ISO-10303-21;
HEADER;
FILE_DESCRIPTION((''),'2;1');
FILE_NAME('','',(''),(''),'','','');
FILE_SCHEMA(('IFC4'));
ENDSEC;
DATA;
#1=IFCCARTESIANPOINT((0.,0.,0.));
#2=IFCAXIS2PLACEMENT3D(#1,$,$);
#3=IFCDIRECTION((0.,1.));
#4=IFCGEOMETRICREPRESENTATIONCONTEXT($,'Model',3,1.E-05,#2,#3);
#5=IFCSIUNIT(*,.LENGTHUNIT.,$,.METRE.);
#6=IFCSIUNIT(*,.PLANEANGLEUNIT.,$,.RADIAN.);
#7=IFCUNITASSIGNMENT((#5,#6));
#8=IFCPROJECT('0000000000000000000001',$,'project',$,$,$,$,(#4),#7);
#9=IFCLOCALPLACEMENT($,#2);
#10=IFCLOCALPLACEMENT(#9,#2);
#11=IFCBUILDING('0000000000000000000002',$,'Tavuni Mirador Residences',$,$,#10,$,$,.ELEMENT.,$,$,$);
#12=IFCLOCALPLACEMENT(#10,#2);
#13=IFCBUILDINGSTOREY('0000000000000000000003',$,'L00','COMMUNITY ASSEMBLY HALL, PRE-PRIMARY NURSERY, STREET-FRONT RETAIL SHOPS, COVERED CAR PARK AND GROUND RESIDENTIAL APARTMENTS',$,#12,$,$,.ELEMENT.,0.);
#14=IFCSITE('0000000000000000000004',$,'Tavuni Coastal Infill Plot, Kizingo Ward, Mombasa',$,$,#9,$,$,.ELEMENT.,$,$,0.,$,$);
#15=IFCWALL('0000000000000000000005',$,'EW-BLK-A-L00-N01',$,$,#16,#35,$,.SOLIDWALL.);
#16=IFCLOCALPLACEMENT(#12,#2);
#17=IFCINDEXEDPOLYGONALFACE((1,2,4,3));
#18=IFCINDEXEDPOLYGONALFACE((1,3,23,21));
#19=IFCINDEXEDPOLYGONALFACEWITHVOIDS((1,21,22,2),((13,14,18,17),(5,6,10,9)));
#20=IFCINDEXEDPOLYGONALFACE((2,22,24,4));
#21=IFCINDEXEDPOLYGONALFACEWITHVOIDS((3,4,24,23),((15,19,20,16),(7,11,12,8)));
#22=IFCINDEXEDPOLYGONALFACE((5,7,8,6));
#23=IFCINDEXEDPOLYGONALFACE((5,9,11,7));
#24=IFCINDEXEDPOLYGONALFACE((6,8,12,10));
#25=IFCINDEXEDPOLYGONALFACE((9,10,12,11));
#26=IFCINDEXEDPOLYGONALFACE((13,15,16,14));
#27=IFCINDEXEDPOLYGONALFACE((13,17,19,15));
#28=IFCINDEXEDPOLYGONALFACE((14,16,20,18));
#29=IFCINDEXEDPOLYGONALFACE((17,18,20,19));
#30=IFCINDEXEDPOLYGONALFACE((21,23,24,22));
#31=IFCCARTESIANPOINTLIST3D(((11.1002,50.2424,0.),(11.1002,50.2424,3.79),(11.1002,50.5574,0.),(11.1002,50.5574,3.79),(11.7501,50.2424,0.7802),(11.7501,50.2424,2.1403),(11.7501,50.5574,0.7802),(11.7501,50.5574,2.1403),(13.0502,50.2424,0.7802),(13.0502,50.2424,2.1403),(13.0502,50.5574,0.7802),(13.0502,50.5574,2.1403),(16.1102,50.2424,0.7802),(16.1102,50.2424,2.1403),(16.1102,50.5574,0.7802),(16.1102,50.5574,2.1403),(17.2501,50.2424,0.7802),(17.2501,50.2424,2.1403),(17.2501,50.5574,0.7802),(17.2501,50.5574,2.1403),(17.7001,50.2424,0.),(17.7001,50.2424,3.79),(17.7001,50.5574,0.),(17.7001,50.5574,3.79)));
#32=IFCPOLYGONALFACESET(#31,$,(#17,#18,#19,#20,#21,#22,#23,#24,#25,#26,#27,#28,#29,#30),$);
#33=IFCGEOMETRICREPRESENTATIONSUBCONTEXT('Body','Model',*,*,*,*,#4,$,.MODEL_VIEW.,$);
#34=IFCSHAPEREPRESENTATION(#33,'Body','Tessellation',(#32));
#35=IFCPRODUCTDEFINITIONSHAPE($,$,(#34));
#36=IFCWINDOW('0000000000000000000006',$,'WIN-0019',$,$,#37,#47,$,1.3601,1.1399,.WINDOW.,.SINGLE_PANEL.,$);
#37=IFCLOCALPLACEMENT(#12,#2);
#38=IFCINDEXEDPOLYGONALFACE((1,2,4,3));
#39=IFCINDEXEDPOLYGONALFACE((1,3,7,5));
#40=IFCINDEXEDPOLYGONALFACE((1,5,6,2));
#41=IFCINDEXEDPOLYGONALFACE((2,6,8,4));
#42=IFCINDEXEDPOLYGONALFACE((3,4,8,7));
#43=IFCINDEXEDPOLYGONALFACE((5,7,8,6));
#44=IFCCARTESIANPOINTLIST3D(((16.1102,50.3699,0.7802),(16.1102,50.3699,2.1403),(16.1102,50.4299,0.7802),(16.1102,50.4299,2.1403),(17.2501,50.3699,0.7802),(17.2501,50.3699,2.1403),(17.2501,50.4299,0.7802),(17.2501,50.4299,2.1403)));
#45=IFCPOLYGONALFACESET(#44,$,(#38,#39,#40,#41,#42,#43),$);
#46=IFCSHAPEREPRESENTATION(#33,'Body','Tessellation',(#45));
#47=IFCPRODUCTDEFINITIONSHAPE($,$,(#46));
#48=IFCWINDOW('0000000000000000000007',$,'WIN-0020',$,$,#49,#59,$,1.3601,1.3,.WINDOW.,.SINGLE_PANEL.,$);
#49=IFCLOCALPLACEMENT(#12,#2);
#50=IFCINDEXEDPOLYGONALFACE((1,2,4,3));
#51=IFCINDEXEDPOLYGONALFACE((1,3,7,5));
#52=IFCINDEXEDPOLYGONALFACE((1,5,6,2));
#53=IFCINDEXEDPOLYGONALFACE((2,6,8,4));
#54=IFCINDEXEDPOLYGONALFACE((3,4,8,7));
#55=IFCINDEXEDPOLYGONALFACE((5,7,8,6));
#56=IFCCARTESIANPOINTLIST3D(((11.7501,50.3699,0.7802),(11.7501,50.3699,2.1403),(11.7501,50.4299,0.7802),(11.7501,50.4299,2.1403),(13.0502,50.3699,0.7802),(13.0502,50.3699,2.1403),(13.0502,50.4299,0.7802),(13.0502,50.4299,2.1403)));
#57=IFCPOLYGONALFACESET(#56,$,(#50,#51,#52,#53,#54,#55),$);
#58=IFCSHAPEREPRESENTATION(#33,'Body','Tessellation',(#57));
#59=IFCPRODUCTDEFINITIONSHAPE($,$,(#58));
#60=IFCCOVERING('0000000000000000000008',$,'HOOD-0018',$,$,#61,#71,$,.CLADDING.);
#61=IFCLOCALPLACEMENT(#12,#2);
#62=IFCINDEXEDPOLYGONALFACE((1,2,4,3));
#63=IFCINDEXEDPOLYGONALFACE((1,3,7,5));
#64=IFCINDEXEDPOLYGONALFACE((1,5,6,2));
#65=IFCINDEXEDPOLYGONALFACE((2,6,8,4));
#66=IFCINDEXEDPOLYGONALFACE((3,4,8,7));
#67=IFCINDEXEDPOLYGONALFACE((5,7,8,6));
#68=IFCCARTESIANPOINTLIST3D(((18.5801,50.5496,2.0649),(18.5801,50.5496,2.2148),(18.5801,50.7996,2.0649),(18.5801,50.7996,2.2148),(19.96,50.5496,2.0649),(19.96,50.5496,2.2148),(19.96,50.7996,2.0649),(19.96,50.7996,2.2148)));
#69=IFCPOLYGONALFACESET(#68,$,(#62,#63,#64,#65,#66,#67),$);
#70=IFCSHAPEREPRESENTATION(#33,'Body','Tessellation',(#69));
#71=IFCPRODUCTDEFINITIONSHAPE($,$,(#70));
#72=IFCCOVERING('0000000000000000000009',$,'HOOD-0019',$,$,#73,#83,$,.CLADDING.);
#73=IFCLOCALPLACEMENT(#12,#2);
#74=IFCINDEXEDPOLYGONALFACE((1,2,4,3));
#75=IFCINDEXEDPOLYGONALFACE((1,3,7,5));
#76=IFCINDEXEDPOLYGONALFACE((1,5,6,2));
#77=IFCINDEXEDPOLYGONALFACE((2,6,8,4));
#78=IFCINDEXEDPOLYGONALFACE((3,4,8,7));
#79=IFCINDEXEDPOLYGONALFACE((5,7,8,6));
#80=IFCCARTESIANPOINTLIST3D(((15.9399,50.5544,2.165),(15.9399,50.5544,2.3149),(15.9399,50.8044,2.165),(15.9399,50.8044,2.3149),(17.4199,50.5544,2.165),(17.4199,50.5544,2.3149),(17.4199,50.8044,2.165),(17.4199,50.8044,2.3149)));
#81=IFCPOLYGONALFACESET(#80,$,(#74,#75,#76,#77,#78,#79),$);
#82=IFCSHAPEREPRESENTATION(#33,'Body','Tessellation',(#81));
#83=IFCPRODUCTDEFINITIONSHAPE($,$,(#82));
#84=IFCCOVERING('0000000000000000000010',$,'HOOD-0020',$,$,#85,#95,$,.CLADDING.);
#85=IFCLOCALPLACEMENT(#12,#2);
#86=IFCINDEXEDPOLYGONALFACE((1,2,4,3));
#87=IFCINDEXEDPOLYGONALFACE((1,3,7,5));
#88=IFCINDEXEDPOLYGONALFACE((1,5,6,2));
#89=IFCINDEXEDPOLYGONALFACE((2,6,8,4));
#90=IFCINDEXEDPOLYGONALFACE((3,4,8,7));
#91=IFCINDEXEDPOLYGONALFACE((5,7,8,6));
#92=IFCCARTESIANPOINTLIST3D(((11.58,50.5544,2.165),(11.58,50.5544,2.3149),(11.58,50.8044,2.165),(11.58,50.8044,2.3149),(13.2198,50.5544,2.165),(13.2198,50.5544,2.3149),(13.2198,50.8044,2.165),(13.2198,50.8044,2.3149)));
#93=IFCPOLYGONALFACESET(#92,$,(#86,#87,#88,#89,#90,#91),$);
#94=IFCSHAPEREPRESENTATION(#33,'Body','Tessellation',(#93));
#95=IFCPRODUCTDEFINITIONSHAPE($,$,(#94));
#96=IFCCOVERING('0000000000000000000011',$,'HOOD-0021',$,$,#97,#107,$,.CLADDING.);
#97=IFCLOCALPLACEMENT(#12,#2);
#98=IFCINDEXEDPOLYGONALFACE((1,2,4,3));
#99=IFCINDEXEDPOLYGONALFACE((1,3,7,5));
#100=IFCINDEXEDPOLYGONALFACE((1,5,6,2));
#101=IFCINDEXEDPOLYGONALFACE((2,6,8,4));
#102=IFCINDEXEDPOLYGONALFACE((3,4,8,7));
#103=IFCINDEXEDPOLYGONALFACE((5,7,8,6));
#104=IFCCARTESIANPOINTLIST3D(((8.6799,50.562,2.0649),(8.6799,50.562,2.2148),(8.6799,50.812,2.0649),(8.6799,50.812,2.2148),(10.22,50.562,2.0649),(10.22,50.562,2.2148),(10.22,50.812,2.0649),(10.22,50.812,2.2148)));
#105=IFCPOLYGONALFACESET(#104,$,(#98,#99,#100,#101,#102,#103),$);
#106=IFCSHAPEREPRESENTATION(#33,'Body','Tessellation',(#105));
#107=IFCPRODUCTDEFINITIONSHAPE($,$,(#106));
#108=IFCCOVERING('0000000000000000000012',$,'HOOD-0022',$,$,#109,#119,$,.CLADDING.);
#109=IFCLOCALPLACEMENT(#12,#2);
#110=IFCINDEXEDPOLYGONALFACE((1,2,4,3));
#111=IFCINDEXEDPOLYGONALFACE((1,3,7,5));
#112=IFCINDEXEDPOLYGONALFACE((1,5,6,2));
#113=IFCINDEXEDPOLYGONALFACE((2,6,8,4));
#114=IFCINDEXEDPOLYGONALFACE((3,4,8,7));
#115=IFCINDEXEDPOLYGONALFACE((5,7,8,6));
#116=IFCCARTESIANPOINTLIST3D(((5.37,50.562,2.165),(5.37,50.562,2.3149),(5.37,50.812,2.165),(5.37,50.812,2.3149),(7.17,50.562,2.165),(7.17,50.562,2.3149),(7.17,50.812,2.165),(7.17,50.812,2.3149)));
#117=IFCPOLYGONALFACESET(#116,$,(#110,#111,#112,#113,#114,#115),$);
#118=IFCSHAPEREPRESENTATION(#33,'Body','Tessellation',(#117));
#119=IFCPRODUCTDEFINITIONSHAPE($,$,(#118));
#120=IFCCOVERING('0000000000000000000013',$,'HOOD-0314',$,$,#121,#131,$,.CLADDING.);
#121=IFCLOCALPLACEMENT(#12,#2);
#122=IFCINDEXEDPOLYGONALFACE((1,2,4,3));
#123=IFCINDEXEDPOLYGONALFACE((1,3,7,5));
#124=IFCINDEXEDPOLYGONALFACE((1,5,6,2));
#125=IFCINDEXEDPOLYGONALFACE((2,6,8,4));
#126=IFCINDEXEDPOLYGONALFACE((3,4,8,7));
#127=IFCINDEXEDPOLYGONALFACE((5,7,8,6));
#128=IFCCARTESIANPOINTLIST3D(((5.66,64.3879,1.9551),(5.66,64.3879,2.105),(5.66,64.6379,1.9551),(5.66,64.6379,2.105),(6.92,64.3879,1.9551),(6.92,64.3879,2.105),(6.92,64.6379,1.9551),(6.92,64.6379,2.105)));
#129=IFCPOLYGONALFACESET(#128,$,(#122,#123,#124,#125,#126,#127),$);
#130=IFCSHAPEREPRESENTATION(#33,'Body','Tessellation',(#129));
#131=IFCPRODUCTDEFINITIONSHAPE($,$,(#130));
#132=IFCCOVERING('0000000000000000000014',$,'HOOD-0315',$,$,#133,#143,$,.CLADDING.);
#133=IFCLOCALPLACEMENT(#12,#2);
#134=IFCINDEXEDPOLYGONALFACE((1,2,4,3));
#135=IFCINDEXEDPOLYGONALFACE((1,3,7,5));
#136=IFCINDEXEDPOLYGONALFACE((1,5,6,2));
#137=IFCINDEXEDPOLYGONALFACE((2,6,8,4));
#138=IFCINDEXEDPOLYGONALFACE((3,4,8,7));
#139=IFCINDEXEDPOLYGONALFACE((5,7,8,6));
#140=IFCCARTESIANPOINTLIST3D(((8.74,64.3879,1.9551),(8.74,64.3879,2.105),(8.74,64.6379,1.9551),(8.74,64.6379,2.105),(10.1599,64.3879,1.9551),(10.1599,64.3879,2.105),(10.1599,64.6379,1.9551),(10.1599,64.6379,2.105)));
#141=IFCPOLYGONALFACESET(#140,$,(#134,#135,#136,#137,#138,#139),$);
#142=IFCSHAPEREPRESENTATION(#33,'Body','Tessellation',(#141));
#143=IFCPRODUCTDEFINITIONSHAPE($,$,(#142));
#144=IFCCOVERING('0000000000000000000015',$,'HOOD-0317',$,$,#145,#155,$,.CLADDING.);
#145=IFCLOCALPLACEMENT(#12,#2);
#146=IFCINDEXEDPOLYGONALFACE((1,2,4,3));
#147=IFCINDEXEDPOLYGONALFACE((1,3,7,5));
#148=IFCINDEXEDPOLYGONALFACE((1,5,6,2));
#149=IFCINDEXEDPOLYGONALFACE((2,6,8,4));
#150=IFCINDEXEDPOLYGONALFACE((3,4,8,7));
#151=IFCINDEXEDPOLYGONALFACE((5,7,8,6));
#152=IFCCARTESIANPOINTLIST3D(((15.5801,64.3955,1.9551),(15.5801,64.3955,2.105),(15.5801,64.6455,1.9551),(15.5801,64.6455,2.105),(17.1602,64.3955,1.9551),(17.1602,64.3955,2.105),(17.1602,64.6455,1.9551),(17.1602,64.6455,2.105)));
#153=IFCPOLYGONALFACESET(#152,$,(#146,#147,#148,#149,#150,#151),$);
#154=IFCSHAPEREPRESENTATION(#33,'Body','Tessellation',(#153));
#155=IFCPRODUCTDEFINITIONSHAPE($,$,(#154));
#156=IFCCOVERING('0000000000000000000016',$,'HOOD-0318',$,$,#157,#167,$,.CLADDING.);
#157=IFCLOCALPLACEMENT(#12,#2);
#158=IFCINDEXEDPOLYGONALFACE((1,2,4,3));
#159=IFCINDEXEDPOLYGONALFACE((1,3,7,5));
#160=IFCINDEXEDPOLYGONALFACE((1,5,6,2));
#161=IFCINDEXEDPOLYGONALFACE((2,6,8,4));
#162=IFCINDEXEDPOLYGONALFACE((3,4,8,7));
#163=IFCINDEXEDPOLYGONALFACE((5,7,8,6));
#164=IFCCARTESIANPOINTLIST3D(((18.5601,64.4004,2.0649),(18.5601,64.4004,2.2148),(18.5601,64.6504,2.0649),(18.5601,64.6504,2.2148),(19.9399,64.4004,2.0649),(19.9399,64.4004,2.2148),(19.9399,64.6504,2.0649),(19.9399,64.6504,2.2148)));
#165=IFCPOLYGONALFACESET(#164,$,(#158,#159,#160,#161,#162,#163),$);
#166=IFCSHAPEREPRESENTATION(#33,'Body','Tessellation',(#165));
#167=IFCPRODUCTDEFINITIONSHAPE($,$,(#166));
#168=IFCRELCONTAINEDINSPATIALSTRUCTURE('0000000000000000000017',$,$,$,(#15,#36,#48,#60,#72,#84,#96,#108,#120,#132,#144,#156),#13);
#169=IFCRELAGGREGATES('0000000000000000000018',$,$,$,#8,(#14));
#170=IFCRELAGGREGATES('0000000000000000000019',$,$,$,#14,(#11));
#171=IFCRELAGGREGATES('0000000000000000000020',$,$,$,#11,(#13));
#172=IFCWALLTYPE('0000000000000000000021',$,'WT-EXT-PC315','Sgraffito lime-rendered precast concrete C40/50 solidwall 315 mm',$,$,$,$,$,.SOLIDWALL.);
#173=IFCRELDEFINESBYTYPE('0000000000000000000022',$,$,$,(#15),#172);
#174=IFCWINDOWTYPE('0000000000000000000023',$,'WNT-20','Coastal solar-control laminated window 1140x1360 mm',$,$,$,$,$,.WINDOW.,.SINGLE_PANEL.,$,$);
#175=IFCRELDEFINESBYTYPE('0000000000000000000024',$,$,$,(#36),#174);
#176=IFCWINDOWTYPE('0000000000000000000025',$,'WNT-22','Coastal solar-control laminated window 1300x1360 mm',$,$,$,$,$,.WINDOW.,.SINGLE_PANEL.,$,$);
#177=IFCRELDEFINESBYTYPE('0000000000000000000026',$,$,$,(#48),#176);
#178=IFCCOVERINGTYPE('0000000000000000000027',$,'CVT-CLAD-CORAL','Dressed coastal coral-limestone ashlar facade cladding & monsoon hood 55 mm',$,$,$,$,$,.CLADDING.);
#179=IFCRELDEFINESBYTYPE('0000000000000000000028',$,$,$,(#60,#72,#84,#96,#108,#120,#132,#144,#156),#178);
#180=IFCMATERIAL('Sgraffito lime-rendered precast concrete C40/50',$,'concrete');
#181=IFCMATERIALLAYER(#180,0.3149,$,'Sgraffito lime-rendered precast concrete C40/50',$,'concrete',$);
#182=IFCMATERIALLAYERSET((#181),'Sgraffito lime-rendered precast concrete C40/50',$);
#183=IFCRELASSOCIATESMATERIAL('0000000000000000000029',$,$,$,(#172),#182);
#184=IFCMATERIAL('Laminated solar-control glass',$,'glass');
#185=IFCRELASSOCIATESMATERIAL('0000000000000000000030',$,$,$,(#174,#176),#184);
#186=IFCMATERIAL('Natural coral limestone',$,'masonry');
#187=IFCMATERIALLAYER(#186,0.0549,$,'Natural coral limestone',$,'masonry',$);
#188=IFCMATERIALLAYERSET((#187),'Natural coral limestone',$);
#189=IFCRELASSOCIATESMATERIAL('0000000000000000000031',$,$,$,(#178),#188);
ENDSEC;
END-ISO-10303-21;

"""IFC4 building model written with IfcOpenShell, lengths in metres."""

from ifc_helpers import new_model, si_unit, direction, frame, frame_2d, origin, origin_2d, place, context, subcontext, project, spatial, rectangle, extrude, material, layer, layer_set, type_object, element, fill, save


model = new_model("IFC4")

# Units and contexts
model_context = context("Model", 3, precision=1e-05, world=origin(), true_north=direction((0.0, 1.0)))
body_context = subcontext(model_context, "Body", "Model", "MODEL_VIEW")
ifc_project = project(units=[si_unit("LENGTHUNIT", "METRE"), si_unit("PLANEANGLEUNIT", "RADIAN")], contexts=[model_context])

# Site, building, storey
site_placement = place(None, origin())
site = spatial("IfcSite", under=ifc_project, at=site_placement, Name="Tavuni Coastal Infill Plot, Kizingo Ward, Mombasa", CompositionType="ELEMENT", RefElevation=0.0)
building_placement = place(site_placement, origin())
building = spatial("IfcBuilding", under=site, at=building_placement, Name="Tavuni Mirador Residences", CompositionType="ELEMENT")
storey_placement = place(building_placement, origin())
storey = spatial("IfcBuildingStorey", under=building, at=storey_placement, Name="L00", Description="COMMUNITY ASSEMBLY HALL, PRE-PRIMARY NURSERY, STREET-FRONT RETAIL SHOPS, COVERED CAR PARK AND GROUND RESIDENTIAL APARTMENTS", CompositionType="ELEMENT", Elevation=0.0)

# Wall, openings, windows
ifc_material_1 = material(Name="Laminated solar-control glass", Category="glass")
ifc_material_2 = material(Name="Sgraffito lime-rendered precast concrete C40/50", Category="concrete")
ifc_layer_1 = layer(ifc_material_2, 0.3149, Name="Sgraffito lime-rendered precast concrete C40/50", Category="concrete")
ifc_layer_set_1 = layer_set([ifc_layer_1], Name="Sgraffito lime-rendered precast concrete C40/50")
wall_type_1 = type_object("IfcWallType", Name="WT-EXT-PC315", Description="Sgraffito lime-rendered precast concrete C40/50 solidwall 315 mm", PredefinedType="SOLIDWALL", material=ifc_layer_set_1)
wall_1_placement = place(storey_placement, frame((17.7, 50.3999, 0.0), z_axis=(0.0, 0.0, 1.0), x_axis=(-1.0, 0.0, 0.0)))
wall_1 = element("IfcWall", 1, at=wall_1_placement, inside=storey, type_object=wall_type_1, Name="EW-BLK-A-L00-N01", PredefinedType="SOLIDWALL", context=body_context, shape_type="SweptSolid", body=[
    extrude(rectangle(XDim=6.5999, YDim=0.3149, at=frame_2d((3.2998, 0.0))), origin(), (0.0, 0.0, 1.0), 3.79),
])
opening_1_placement = place(wall_1_placement, frame((0.45, 0.0, 0.78)))
opening_1 = element("IfcOpeningElement", 2, at=opening_1_placement, cuts=wall_1, PredefinedType="OPENING", context=body_context, shape_type="SweptSolid", body=[
    extrude(rectangle(XDim=1.1399, YDim=1.3601, at=frame_2d((0.5698, 0.6802))), frame((0.0, 0.1675, 0.0), z_axis=(0.0, -1.0, 0.0), x_axis=(1.0, 0.0, 0.0)), (0.0, 0.0, 1.0), 0.335),
])
opening_2_placement = place(wall_1_placement, frame((4.6499, 0.0, 0.78)))
opening_2 = element("IfcOpeningElement", 3, at=opening_2_placement, cuts=wall_1, PredefinedType="OPENING", context=body_context, shape_type="SweptSolid", body=[
    extrude(rectangle(XDim=1.3, YDim=1.3601, at=frame_2d((0.6499, 0.6802))), frame((0.0, 0.1675, 0.0), z_axis=(0.0, -1.0, 0.0), x_axis=(1.0, 0.0, 0.0)), (0.0, 0.0, 1.0), 0.335),
])
window_type_1 = type_object("IfcWindowType", Name="WNT-20", Description="Coastal solar-control laminated window 1140x1360 mm", PartitioningType="SINGLE_PANEL", PredefinedType="WINDOW", material=ifc_material_1)
window_1_placement = place(opening_1_placement, origin())
window_1 = element("IfcWindow", 4, at=window_1_placement, inside=storey, type_object=window_type_1, Name="WIN-0019", OverallHeight=1.3601, OverallWidth=1.1399, PartitioningType="SINGLE_PANEL", PredefinedType="WINDOW", context=body_context, shape_type="SweptSolid", body=[
    extrude(rectangle(XDim=1.1399, YDim=1.3601, at=frame_2d((0.5698, 0.6802))), frame((0.0, 0.03, 0.0), z_axis=(0.0, -1.0, 0.0), x_axis=(1.0, 0.0, 0.0)), (0.0, 0.0, 1.0), 0.0601),
])
fill(opening_1, window_1)
window_type_2 = type_object("IfcWindowType", Name="WNT-22", Description="Coastal solar-control laminated window 1300x1360 mm", PartitioningType="SINGLE_PANEL", PredefinedType="WINDOW", material=ifc_material_1)
window_2_placement = place(opening_2_placement, origin())
window_2 = element("IfcWindow", 5, at=window_2_placement, inside=storey, type_object=window_type_2, Name="WIN-0020", OverallHeight=1.3601, OverallWidth=1.3, PartitioningType="SINGLE_PANEL", PredefinedType="WINDOW", context=body_context, shape_type="SweptSolid", body=[
    extrude(rectangle(XDim=1.3, YDim=1.3601, at=frame_2d((0.6499, 0.6802))), frame((0.0, 0.03, 0.0), z_axis=(0.0, -1.0, 0.0), x_axis=(1.0, 0.0, 0.0)), (0.0, 0.0, 1.0), 0.0601),
])
fill(opening_2, window_2)

# Coverings
ifc_material_3 = material(Name="Natural coral limestone", Category="masonry")
ifc_layer_2 = layer(ifc_material_3, 0.0549, Name="Natural coral limestone", Category="masonry")
ifc_layer_set_2 = layer_set([ifc_layer_2], Name="Natural coral limestone")
covering_type = type_object("IfcCoveringType", Name="CVT-CLAD-CORAL", Description="Dressed coastal coral-limestone ashlar facade cladding & monsoon hood 55 mm", PredefinedType="CLADDING", material=ifc_layer_set_2)
covering_1_placement = place(storey_placement, frame((19.27, 50.6746, 2.0649), z_axis=(0.0, 0.0, 1.0), x_axis=(-1.0, 0.0, 0.0)))
element("IfcCovering", 6, at=covering_1_placement, inside=storey, type_object=covering_type, Name="HOOD-0018", PredefinedType="CLADDING", context=body_context, shape_type="SweptSolid", body=[
    extrude(rectangle(XDim=1.3799, YDim=0.25, at=origin_2d()), origin(), (0.0, 0.0, 1.0), 0.1499),
])
covering_2_placement = place(storey_placement, frame((16.6799, 50.6794, 2.165), z_axis=(0.0, 0.0, 1.0), x_axis=(-1.0, 0.0, 0.0)))
element("IfcCovering", 7, at=covering_2_placement, inside=storey, type_object=covering_type, Name="HOOD-0019", PredefinedType="CLADDING", context=body_context, shape_type="SweptSolid", body=[
    extrude(rectangle(XDim=1.48, YDim=0.25, at=origin_2d()), origin(), (0.0, 0.0, 1.0), 0.1499),
])
covering_3_placement = place(storey_placement, frame((12.3999, 50.6794, 2.165), z_axis=(0.0, 0.0, 1.0), x_axis=(-1.0, 0.0, 0.0)))
element("IfcCovering", 8, at=covering_3_placement, inside=storey, type_object=covering_type, Name="HOOD-0020", PredefinedType="CLADDING", context=body_context, shape_type="SweptSolid", body=[
    extrude(rectangle(XDim=1.6399, YDim=0.25, at=origin_2d()), origin(), (0.0, 0.0, 1.0), 0.1499),
])
covering_4_placement = place(storey_placement, frame((9.45, 50.687, 2.0649), z_axis=(0.0, 0.0, 1.0), x_axis=(-1.0, 0.0, 0.0)))
element("IfcCovering", 9, at=covering_4_placement, inside=storey, type_object=covering_type, Name="HOOD-0021", PredefinedType="CLADDING", context=body_context, shape_type="SweptSolid", body=[
    extrude(rectangle(XDim=1.54, YDim=0.25, at=origin_2d()), origin(), (0.0, 0.0, 1.0), 0.1499),
])
covering_5_placement = place(storey_placement, frame((6.27, 50.687, 2.165), z_axis=(0.0, 0.0, 1.0), x_axis=(-1.0, 0.0, 0.0)))
element("IfcCovering", 10, at=covering_5_placement, inside=storey, type_object=covering_type, Name="HOOD-0022", PredefinedType="CLADDING", context=body_context, shape_type="SweptSolid", body=[
    extrude(rectangle(XDim=1.8, YDim=0.25, at=origin_2d()), origin(), (0.0, 0.0, 1.0), 0.1499),
])
covering_6_placement = place(storey_placement, frame((6.29, 64.5129, 1.9551), z_axis=(0.0, 0.0, 1.0), x_axis=(1.0, 0.0, 0.0)))
element("IfcCovering", 11, at=covering_6_placement, inside=storey, type_object=covering_type, Name="HOOD-0314", PredefinedType="CLADDING", context=body_context, shape_type="SweptSolid", body=[
    extrude(rectangle(XDim=1.26, YDim=0.25, at=origin_2d()), origin(), (0.0, 0.0, 1.0), 0.1499),
])
covering_7_placement = place(storey_placement, frame((9.45, 64.5129, 1.9551), z_axis=(0.0, 0.0, 1.0), x_axis=(1.0, 0.0, 0.0)))
element("IfcCovering", 12, at=covering_7_placement, inside=storey, type_object=covering_type, Name="HOOD-0315", PredefinedType="CLADDING", context=body_context, shape_type="SweptSolid", body=[
    extrude(rectangle(XDim=1.4199, YDim=0.25, at=origin_2d()), origin(), (0.0, 0.0, 1.0), 0.1499),
])
covering_8_placement = place(storey_placement, frame((16.3701, 64.5205, 1.9551), z_axis=(0.0, 0.0, 1.0), x_axis=(1.0, 0.0, 0.0)))
element("IfcCovering", 13, at=covering_8_placement, inside=storey, type_object=covering_type, Name="HOOD-0317", PredefinedType="CLADDING", context=body_context, shape_type="SweptSolid", body=[
    extrude(rectangle(XDim=1.5801, YDim=0.25, at=origin_2d()), origin(), (0.0, 0.0, 1.0), 0.1499),
])
covering_9_placement = place(storey_placement, frame((19.25, 64.5254, 2.0649), z_axis=(0.0, 0.0, 1.0), x_axis=(1.0, 0.0, 0.0)))
element("IfcCovering", 14, at=covering_9_placement, inside=storey, type_object=covering_type, Name="HOOD-0318", PredefinedType="CLADDING", context=body_context, shape_type="SweptSolid", body=[
    extrude(rectangle(XDim=1.3799, YDim=0.25, at=origin_2d()), origin(), (0.0, 0.0, 1.0), 0.1499),
])

save(model, "model.ifc")
